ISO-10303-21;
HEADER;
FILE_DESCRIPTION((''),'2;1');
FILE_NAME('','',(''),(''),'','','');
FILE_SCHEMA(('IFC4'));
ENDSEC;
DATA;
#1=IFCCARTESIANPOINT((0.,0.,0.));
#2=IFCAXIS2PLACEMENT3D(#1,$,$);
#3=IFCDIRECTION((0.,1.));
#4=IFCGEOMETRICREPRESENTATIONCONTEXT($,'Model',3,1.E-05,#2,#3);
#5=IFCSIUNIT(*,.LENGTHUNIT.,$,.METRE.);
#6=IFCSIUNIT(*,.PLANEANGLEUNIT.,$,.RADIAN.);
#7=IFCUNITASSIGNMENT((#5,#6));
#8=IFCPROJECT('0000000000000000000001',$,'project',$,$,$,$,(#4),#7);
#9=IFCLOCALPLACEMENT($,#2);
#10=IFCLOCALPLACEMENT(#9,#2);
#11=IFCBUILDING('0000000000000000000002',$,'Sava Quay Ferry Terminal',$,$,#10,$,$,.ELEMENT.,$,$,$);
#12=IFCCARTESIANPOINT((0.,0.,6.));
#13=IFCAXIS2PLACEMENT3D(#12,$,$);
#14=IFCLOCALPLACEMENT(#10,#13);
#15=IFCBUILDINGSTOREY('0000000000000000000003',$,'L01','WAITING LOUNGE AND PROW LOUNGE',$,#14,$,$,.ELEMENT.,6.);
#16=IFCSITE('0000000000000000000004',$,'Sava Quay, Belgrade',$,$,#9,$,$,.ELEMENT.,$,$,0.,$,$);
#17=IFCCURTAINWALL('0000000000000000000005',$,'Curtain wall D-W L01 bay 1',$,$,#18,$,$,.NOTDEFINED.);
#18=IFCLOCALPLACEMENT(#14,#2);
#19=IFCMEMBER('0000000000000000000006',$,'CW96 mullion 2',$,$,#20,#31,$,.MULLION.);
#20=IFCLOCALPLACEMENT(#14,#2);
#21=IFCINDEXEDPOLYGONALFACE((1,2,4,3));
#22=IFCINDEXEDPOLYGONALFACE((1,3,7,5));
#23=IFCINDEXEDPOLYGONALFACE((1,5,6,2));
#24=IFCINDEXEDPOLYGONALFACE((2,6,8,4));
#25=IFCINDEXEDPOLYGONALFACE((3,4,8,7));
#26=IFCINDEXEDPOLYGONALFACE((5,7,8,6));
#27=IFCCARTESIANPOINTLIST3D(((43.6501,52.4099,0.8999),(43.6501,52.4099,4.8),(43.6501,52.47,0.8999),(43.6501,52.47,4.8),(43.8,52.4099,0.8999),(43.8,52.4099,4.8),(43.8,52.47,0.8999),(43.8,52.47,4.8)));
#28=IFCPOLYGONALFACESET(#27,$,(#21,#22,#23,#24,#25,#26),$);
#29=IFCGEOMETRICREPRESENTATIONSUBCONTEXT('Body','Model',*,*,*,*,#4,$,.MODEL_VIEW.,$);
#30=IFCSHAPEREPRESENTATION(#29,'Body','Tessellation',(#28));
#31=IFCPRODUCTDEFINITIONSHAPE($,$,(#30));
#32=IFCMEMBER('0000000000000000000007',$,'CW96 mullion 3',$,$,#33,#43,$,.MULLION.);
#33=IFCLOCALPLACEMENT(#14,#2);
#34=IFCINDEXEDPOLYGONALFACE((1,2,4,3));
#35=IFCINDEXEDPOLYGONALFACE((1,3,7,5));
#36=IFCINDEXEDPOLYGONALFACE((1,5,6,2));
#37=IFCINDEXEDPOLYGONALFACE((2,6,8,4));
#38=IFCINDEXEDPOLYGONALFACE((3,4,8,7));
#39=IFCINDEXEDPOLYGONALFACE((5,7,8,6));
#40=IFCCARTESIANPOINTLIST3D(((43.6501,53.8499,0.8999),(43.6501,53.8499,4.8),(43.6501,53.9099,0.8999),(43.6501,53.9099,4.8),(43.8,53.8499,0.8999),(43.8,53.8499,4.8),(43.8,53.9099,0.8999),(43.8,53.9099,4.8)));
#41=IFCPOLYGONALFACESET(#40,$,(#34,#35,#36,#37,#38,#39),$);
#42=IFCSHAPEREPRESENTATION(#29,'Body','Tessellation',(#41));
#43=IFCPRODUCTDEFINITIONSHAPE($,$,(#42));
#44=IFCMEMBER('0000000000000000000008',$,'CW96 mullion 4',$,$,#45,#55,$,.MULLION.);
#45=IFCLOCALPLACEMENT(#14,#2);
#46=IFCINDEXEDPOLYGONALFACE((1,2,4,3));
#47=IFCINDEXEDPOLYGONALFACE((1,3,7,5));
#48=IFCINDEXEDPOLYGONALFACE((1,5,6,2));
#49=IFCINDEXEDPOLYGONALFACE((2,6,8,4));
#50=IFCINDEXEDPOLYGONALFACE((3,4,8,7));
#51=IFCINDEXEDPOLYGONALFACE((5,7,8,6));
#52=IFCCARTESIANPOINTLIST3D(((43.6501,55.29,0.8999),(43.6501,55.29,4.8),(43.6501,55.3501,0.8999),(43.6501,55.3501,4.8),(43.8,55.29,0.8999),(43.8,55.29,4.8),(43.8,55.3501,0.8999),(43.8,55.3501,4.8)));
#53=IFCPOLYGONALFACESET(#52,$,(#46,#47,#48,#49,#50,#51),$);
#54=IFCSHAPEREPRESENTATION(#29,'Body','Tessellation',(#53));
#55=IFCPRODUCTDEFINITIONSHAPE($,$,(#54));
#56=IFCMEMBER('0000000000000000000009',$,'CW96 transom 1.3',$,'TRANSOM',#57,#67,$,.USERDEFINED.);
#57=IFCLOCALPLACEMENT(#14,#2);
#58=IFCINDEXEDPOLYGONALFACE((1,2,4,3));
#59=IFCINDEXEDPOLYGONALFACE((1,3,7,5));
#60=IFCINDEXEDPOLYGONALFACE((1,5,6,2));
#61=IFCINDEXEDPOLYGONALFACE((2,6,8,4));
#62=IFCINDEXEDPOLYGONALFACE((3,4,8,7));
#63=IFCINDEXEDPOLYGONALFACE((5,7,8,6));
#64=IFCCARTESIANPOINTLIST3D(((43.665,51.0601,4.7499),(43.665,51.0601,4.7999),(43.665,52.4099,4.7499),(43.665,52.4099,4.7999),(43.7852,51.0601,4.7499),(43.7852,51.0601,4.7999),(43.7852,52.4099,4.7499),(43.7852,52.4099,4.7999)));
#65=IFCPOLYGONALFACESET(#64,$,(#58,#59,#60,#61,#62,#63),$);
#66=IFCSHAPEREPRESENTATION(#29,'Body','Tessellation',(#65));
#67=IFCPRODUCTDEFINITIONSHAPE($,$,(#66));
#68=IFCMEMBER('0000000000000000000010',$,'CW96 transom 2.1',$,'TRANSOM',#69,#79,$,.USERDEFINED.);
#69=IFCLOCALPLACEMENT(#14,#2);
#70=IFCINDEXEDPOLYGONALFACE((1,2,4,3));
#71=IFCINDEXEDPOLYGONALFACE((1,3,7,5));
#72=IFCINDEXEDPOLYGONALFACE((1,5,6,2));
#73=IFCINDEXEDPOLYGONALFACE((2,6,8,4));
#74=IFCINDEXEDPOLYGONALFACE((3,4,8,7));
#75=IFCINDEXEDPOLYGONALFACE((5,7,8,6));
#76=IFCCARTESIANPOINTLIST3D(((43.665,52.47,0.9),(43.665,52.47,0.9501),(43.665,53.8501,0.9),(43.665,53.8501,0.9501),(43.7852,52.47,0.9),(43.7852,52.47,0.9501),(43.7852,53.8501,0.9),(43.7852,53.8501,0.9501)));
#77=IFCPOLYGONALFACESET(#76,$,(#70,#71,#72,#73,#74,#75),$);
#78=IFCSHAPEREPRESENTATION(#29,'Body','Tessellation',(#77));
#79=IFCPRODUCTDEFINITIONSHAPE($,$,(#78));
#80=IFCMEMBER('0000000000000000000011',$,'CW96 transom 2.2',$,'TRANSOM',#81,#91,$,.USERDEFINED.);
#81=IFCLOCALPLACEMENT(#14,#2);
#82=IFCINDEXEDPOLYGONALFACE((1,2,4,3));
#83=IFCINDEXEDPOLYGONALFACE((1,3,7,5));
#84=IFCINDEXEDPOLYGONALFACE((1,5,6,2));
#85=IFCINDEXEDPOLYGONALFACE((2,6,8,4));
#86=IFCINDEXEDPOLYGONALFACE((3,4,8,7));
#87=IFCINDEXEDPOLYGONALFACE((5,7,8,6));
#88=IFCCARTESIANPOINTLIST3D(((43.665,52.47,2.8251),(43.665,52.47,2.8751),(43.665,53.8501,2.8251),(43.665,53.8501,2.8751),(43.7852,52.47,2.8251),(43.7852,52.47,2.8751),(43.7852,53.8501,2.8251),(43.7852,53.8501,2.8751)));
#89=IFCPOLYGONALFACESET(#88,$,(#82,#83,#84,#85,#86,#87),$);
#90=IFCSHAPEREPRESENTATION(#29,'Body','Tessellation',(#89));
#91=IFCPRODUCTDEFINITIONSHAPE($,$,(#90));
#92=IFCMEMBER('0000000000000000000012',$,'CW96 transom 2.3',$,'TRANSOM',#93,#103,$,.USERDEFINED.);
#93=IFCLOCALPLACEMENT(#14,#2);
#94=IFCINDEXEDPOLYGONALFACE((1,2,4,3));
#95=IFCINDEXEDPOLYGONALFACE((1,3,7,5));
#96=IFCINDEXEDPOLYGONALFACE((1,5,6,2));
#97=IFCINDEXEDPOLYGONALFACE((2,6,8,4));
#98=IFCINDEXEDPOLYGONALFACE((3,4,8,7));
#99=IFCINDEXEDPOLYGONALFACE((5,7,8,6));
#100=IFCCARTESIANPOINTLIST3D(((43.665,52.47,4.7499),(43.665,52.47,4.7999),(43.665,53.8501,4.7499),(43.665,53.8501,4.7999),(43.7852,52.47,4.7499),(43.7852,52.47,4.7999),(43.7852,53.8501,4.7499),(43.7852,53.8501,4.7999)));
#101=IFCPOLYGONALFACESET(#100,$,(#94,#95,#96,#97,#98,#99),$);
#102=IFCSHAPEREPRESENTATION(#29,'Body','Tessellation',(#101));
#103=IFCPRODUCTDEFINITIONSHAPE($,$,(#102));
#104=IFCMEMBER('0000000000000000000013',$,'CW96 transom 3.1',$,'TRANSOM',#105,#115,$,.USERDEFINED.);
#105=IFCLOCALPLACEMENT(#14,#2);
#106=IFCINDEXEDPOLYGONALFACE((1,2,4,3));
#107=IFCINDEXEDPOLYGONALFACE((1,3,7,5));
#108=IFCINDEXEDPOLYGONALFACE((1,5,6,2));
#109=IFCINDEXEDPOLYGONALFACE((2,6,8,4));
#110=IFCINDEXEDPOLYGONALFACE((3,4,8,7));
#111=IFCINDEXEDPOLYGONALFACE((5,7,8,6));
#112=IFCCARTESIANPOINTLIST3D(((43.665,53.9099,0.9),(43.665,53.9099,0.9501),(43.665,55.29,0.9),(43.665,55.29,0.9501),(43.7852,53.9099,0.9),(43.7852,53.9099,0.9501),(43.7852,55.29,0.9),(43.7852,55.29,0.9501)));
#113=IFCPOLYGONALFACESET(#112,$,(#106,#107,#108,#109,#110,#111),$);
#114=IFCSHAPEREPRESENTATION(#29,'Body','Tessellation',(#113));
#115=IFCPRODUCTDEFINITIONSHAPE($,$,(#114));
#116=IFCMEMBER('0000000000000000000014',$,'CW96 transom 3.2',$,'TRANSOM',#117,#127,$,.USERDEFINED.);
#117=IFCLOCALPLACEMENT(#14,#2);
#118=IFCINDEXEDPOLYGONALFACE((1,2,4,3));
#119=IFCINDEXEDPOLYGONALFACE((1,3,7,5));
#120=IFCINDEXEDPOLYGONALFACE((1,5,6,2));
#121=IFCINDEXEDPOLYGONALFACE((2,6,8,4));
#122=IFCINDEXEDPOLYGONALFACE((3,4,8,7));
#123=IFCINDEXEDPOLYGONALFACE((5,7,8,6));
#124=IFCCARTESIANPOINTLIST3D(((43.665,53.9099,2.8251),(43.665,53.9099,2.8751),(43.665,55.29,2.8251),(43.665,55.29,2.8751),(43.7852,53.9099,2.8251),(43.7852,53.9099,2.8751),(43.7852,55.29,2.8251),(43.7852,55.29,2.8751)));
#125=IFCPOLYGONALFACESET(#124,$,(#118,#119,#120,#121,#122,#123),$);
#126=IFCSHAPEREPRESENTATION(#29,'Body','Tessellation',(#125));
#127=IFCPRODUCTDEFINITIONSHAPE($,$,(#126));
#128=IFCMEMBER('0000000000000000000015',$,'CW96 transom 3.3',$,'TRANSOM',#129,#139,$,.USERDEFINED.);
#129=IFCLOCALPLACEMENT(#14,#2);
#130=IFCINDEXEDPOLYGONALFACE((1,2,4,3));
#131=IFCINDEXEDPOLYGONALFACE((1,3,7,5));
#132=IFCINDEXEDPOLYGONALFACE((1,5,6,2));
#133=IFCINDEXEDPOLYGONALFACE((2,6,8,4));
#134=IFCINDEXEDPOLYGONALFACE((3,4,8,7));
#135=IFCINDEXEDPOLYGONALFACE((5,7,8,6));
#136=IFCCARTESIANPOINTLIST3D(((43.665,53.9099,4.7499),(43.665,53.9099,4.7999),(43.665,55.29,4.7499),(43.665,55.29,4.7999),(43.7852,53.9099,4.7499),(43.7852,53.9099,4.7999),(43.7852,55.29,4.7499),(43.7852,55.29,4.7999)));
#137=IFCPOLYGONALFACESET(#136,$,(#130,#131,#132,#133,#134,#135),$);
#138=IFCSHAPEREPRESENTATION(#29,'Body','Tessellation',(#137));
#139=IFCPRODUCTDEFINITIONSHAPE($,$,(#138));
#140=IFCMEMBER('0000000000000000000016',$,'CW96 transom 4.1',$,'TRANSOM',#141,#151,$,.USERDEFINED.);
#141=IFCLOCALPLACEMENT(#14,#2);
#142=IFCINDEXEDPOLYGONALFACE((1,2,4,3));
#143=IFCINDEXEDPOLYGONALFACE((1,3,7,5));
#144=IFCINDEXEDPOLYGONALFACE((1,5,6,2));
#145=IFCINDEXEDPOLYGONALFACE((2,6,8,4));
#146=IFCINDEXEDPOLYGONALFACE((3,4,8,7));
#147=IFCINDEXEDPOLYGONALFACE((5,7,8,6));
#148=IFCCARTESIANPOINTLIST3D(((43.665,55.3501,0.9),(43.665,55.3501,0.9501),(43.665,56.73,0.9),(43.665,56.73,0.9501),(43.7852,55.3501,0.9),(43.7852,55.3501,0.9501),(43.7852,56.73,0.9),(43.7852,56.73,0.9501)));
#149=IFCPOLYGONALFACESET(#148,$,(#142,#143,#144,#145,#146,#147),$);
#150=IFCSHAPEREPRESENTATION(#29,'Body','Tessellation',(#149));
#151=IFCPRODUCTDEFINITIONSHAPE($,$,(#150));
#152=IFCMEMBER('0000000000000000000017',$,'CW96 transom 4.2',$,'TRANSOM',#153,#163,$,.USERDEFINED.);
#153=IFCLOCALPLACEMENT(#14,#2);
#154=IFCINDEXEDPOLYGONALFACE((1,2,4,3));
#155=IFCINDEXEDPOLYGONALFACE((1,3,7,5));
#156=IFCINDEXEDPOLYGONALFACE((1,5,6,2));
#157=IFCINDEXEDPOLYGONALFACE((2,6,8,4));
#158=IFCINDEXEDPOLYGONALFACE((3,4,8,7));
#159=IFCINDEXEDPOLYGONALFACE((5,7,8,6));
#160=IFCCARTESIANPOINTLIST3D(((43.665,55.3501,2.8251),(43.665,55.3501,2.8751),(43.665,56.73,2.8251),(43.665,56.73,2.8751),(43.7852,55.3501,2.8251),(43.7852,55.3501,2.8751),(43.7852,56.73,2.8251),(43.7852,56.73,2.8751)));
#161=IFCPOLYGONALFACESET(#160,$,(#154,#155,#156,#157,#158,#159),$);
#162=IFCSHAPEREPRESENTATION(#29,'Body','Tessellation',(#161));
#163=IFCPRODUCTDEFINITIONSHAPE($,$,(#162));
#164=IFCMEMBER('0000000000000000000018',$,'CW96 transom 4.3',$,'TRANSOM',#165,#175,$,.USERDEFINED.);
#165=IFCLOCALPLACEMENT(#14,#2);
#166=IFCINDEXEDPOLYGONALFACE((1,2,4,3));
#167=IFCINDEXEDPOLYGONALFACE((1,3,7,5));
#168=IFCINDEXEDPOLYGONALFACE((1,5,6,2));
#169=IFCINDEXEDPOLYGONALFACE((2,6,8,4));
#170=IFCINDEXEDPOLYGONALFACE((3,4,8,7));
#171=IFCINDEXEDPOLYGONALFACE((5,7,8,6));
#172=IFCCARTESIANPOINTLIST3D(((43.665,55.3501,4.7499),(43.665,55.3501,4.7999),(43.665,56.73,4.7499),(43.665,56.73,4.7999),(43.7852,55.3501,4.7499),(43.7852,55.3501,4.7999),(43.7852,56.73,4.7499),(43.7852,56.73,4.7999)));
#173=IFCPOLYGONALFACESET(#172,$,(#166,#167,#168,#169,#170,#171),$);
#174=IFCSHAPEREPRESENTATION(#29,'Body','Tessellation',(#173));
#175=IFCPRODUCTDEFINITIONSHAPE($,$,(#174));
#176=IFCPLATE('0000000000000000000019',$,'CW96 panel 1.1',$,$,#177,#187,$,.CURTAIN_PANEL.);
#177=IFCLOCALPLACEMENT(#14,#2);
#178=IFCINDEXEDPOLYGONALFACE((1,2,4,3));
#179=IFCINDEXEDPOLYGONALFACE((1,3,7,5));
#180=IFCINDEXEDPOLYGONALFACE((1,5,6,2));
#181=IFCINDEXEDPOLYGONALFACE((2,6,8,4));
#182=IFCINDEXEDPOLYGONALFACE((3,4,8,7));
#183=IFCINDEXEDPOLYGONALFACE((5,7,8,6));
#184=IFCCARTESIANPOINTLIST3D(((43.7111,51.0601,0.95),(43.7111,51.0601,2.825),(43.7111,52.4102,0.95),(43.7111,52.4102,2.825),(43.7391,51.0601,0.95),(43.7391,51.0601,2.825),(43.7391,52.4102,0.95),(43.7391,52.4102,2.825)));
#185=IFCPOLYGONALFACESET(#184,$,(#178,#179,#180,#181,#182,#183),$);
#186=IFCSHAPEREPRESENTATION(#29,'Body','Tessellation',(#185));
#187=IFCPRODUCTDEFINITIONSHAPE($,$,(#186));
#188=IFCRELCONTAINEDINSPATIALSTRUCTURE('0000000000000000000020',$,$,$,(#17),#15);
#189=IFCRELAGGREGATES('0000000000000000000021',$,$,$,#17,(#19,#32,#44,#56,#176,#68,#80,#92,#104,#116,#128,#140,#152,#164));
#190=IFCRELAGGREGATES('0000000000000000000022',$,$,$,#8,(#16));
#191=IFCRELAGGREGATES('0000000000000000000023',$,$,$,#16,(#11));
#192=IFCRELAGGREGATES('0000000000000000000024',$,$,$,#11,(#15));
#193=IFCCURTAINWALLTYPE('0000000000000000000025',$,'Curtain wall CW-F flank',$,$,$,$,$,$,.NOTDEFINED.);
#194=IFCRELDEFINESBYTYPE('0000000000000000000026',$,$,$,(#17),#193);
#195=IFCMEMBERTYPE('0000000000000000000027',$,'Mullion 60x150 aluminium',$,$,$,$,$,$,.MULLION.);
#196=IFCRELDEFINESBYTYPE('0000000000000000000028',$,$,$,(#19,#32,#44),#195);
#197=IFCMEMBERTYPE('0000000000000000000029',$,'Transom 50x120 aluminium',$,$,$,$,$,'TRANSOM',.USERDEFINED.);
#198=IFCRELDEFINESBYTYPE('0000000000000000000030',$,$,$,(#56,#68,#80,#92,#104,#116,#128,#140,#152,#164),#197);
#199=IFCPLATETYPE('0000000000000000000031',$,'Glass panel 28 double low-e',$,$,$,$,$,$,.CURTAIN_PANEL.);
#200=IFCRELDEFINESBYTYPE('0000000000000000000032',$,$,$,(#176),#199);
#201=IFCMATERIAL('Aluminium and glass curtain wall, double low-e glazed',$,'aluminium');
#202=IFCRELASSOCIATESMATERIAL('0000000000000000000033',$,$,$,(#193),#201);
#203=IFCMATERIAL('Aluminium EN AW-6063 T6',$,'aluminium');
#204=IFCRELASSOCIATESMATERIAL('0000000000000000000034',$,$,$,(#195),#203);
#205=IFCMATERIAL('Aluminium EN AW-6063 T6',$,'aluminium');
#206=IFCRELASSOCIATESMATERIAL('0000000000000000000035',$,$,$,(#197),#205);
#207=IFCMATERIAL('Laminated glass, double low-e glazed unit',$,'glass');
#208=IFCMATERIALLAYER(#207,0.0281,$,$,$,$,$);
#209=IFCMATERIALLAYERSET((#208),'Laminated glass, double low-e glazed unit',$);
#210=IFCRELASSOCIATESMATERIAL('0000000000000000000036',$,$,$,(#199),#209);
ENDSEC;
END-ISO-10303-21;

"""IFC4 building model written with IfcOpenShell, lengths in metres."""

from ifc_helpers import new_model, si_unit, direction, frame, origin, origin_2d, place, context, subcontext, project, spatial, rectangle, extrude, material, layer, layer_set, material_profile, profile_set, type_object, element, aggregate, save


model = new_model("IFC4")

# Units and contexts
model_context = context("Model", 3, precision=1e-05, world=origin(), true_north=direction((0.0, 1.0)))
body_context = subcontext(model_context, "Body", "Model", "MODEL_VIEW")
ifc_project = project(units=[si_unit("LENGTHUNIT", "METRE"), si_unit("PLANEANGLEUNIT", "RADIAN")], contexts=[model_context])

# Site, building, storey
site_placement = place(None, origin())
site = spatial("IfcSite", under=ifc_project, at=site_placement, Name="Sava Quay, Belgrade", CompositionType="ELEMENT", RefElevation=0.0)
building_placement = place(site_placement, origin())
building = spatial("IfcBuilding", under=site, at=building_placement, Name="Sava Quay Ferry Terminal", CompositionType="ELEMENT")
storey_placement = place(building_placement, frame((0.0, 0.0, 6.0)))
storey = spatial("IfcBuildingStorey", under=building, at=storey_placement, Name="L01", Description="WAITING LOUNGE AND PROW LOUNGE", CompositionType="ELEMENT", Elevation=6.0)

# Curtain wall, members, plate
ifc_material_1 = material(Name="Aluminium and glass curtain wall, double low-e glazed", Category="aluminium")
curtain_wall_type = type_object("IfcCurtainWallType", Name="Curtain wall CW-F flank", PredefinedType="NOTDEFINED", material=ifc_material_1)
curtain_wall_placement = place(storey_placement, origin())
curtain_wall = element("IfcCurtainWall", 1, at=curtain_wall_placement, inside=storey, type_object=curtain_wall_type, Name="Curtain wall D-W L01 bay 1", PredefinedType="NOTDEFINED")
ifc_material_2 = material(Name="Aluminium EN AW-6063 T6", Category="aluminium")
ifc_material_profile_1 = material_profile(ifc_material_2, rectangle(XDim=0.1499, YDim=0.0601, at=origin_2d()), Name="Mullion 60x150 aluminium")
ifc_profile_set_1 = profile_set([ifc_material_profile_1], Name="Aluminium EN AW-6063 T6")
member_type_1 = type_object("IfcMemberType", Name="Mullion 60x150 aluminium", PredefinedType="MULLION", material=ifc_profile_set_1)
member_1_placement = place(storey_placement, frame((43.7251, 52.4399, 0.8999), z_axis=(0.0, 0.0, 1.0), x_axis=(-1.0, 0.0, 0.0)))
member_1 = element("IfcMember", 2, at=member_1_placement, type_object=member_type_1, Name="CW96 mullion 2", PredefinedType="MULLION", context=body_context, shape_type="SweptSolid", body=[
    extrude(rectangle(XDim=0.1499, YDim=0.0601, at=origin_2d()), origin(), (0.0, 0.0, 1.0), 3.9001),
])
member_2_placement = place(storey_placement, frame((43.7251, 53.8799, 0.8999), z_axis=(0.0, 0.0, 1.0), x_axis=(-1.0, 0.0, 0.0)))
member_2 = element("IfcMember", 3, at=member_2_placement, type_object=member_type_1, Name="CW96 mullion 3", PredefinedType="MULLION", context=body_context, shape_type="SweptSolid", body=[
    extrude(rectangle(XDim=0.1499, YDim=0.0601, at=origin_2d()), origin(), (0.0, 0.0, 1.0), 3.9001),
])
member_3_placement = place(storey_placement, frame((43.7251, 55.3201, 0.8999), z_axis=(0.0, 0.0, 1.0), x_axis=(-1.0, 0.0, 0.0)))
member_3 = element("IfcMember", 4, at=member_3_placement, type_object=member_type_1, Name="CW96 mullion 4", PredefinedType="MULLION", context=body_context, shape_type="SweptSolid", body=[
    extrude(rectangle(XDim=0.1499, YDim=0.0601, at=origin_2d()), origin(), (0.0, 0.0, 1.0), 3.9001),
])
ifc_material_3 = material(Name="Aluminium EN AW-6063 T6", Category="aluminium")
ifc_material_profile_2 = material_profile(ifc_material_3, rectangle(XDim=0.1201, YDim=0.05, at=origin_2d()), Name="Transom 50x120 aluminium")
ifc_profile_set_2 = profile_set([ifc_material_profile_2], Name="Aluminium EN AW-6063 T6")
member_type_2 = type_object("IfcMemberType", Name="Transom 50x120 aluminium", ElementType="TRANSOM", PredefinedType="USERDEFINED", material=ifc_profile_set_2)
member_4_placement = place(storey_placement, frame((43.7251, 51.0601, 4.7749), z_axis=(0.0, 1.0, 0.0), x_axis=(-1.0, 0.0, 0.0)))
member_4 = element("IfcMember", 5, at=member_4_placement, type_object=member_type_2, Name="CW96 transom 1.3", ObjectType="TRANSOM", PredefinedType="USERDEFINED", context=body_context, shape_type="SweptSolid", body=[
    extrude(rectangle(XDim=0.1201, YDim=0.05, at=origin_2d()), origin(), (0.0, 0.0, 1.0), 1.3499),
])
member_5_placement = place(storey_placement, frame((43.7251, 52.47, 0.925), z_axis=(0.0, 1.0, 0.0), x_axis=(-1.0, 0.0, 0.0)))
member_5 = element("IfcMember", 6, at=member_5_placement, type_object=member_type_2, Name="CW96 transom 2.1", ObjectType="TRANSOM", PredefinedType="USERDEFINED", context=body_context, shape_type="SweptSolid", body=[
    extrude(rectangle(XDim=0.1201, YDim=0.05, at=origin_2d()), origin(), (0.0, 0.0, 1.0), 1.3801),
])
member_6_placement = place(storey_placement, frame((43.7251, 52.47, 2.8501), z_axis=(0.0, 1.0, 0.0), x_axis=(-1.0, 0.0, 0.0)))
member_6 = element("IfcMember", 7, at=member_6_placement, type_object=member_type_2, Name="CW96 transom 2.2", ObjectType="TRANSOM", PredefinedType="USERDEFINED", context=body_context, shape_type="SweptSolid", body=[
    extrude(rectangle(XDim=0.1201, YDim=0.05, at=origin_2d()), origin(), (0.0, 0.0, 1.0), 1.3801),
])
member_7_placement = place(storey_placement, frame((43.7251, 52.47, 4.7749), z_axis=(0.0, 1.0, 0.0), x_axis=(-1.0, 0.0, 0.0)))
member_7 = element("IfcMember", 8, at=member_7_placement, type_object=member_type_2, Name="CW96 transom 2.3", ObjectType="TRANSOM", PredefinedType="USERDEFINED", context=body_context, shape_type="SweptSolid", body=[
    extrude(rectangle(XDim=0.1201, YDim=0.05, at=origin_2d()), origin(), (0.0, 0.0, 1.0), 1.3801),
])
member_8_placement = place(storey_placement, frame((43.7251, 53.9099, 0.925), z_axis=(0.0, 1.0, 0.0), x_axis=(-1.0, 0.0, 0.0)))
member_8 = element("IfcMember", 9, at=member_8_placement, type_object=member_type_2, Name="CW96 transom 3.1", ObjectType="TRANSOM", PredefinedType="USERDEFINED", context=body_context, shape_type="SweptSolid", body=[
    extrude(rectangle(XDim=0.1201, YDim=0.05, at=origin_2d()), origin(), (0.0, 0.0, 1.0), 1.3801),
])
member_9_placement = place(storey_placement, frame((43.7251, 53.9099, 2.8501), z_axis=(0.0, 1.0, 0.0), x_axis=(-1.0, 0.0, 0.0)))
member_9 = element("IfcMember", 10, at=member_9_placement, type_object=member_type_2, Name="CW96 transom 3.2", ObjectType="TRANSOM", PredefinedType="USERDEFINED", context=body_context, shape_type="SweptSolid", body=[
    extrude(rectangle(XDim=0.1201, YDim=0.05, at=origin_2d()), origin(), (0.0, 0.0, 1.0), 1.3801),
])
member_10_placement = place(storey_placement, frame((43.7251, 53.9099, 4.7749), z_axis=(0.0, 1.0, 0.0), x_axis=(-1.0, 0.0, 0.0)))
member_10 = element("IfcMember", 11, at=member_10_placement, type_object=member_type_2, Name="CW96 transom 3.3", ObjectType="TRANSOM", PredefinedType="USERDEFINED", context=body_context, shape_type="SweptSolid", body=[
    extrude(rectangle(XDim=0.1201, YDim=0.05, at=origin_2d()), origin(), (0.0, 0.0, 1.0), 1.3801),
])
member_11_placement = place(storey_placement, frame((43.7251, 55.3501, 0.925), z_axis=(0.0, 1.0, 0.0), x_axis=(-1.0, 0.0, 0.0)))
member_11 = element("IfcMember", 12, at=member_11_placement, type_object=member_type_2, Name="CW96 transom 4.1", ObjectType="TRANSOM", PredefinedType="USERDEFINED", context=body_context, shape_type="SweptSolid", body=[
    extrude(rectangle(XDim=0.1201, YDim=0.05, at=origin_2d()), origin(), (0.0, 0.0, 1.0), 1.3799),
])
member_12_placement = place(storey_placement, frame((43.7251, 55.3501, 2.8501), z_axis=(0.0, 1.0, 0.0), x_axis=(-1.0, 0.0, 0.0)))
member_12 = element("IfcMember", 13, at=member_12_placement, type_object=member_type_2, Name="CW96 transom 4.2", ObjectType="TRANSOM", PredefinedType="USERDEFINED", context=body_context, shape_type="SweptSolid", body=[
    extrude(rectangle(XDim=0.1201, YDim=0.05, at=origin_2d()), origin(), (0.0, 0.0, 1.0), 1.3799),
])
member_13_placement = place(storey_placement, frame((43.7251, 55.3501, 4.7749), z_axis=(0.0, 1.0, 0.0), x_axis=(-1.0, 0.0, 0.0)))
member_13 = element("IfcMember", 14, at=member_13_placement, type_object=member_type_2, Name="CW96 transom 4.3", ObjectType="TRANSOM", PredefinedType="USERDEFINED", context=body_context, shape_type="SweptSolid", body=[
    extrude(rectangle(XDim=0.1201, YDim=0.05, at=origin_2d()), origin(), (0.0, 0.0, 1.0), 1.3799),
])
ifc_material_4 = material(Name="Laminated glass, double low-e glazed unit", Category="glass")
ifc_layer = layer(ifc_material_4, 0.0281)
ifc_layer_set = layer_set([ifc_layer], Name="Laminated glass, double low-e glazed unit")
plate_type = type_object("IfcPlateType", Name="Glass panel 28 double low-e", PredefinedType="CURTAIN_PANEL", material=ifc_layer_set)
plate_1_placement = place(storey_placement, frame((43.7251, 51.7351, 0.95), z_axis=(0.0, 0.0, 1.0), x_axis=(0.0, 1.0, 0.0)))
plate_1 = element("IfcPlate", 15, at=plate_1_placement, type_object=plate_type, Name="CW96 panel 1.1", PredefinedType="CURTAIN_PANEL", context=body_context, shape_type="SweptSolid", body=[
    extrude(rectangle(XDim=1.3501, YDim=0.0281, at=origin_2d()), origin(), (0.0, 0.0, 1.0), 1.875),
])
aggregate(curtain_wall, [member_1, member_2, member_3, member_4, plate_1, member_5, member_6, member_7, member_8, member_9, member_10, member_11, member_12, member_13])

save(model, "model.ifc")
